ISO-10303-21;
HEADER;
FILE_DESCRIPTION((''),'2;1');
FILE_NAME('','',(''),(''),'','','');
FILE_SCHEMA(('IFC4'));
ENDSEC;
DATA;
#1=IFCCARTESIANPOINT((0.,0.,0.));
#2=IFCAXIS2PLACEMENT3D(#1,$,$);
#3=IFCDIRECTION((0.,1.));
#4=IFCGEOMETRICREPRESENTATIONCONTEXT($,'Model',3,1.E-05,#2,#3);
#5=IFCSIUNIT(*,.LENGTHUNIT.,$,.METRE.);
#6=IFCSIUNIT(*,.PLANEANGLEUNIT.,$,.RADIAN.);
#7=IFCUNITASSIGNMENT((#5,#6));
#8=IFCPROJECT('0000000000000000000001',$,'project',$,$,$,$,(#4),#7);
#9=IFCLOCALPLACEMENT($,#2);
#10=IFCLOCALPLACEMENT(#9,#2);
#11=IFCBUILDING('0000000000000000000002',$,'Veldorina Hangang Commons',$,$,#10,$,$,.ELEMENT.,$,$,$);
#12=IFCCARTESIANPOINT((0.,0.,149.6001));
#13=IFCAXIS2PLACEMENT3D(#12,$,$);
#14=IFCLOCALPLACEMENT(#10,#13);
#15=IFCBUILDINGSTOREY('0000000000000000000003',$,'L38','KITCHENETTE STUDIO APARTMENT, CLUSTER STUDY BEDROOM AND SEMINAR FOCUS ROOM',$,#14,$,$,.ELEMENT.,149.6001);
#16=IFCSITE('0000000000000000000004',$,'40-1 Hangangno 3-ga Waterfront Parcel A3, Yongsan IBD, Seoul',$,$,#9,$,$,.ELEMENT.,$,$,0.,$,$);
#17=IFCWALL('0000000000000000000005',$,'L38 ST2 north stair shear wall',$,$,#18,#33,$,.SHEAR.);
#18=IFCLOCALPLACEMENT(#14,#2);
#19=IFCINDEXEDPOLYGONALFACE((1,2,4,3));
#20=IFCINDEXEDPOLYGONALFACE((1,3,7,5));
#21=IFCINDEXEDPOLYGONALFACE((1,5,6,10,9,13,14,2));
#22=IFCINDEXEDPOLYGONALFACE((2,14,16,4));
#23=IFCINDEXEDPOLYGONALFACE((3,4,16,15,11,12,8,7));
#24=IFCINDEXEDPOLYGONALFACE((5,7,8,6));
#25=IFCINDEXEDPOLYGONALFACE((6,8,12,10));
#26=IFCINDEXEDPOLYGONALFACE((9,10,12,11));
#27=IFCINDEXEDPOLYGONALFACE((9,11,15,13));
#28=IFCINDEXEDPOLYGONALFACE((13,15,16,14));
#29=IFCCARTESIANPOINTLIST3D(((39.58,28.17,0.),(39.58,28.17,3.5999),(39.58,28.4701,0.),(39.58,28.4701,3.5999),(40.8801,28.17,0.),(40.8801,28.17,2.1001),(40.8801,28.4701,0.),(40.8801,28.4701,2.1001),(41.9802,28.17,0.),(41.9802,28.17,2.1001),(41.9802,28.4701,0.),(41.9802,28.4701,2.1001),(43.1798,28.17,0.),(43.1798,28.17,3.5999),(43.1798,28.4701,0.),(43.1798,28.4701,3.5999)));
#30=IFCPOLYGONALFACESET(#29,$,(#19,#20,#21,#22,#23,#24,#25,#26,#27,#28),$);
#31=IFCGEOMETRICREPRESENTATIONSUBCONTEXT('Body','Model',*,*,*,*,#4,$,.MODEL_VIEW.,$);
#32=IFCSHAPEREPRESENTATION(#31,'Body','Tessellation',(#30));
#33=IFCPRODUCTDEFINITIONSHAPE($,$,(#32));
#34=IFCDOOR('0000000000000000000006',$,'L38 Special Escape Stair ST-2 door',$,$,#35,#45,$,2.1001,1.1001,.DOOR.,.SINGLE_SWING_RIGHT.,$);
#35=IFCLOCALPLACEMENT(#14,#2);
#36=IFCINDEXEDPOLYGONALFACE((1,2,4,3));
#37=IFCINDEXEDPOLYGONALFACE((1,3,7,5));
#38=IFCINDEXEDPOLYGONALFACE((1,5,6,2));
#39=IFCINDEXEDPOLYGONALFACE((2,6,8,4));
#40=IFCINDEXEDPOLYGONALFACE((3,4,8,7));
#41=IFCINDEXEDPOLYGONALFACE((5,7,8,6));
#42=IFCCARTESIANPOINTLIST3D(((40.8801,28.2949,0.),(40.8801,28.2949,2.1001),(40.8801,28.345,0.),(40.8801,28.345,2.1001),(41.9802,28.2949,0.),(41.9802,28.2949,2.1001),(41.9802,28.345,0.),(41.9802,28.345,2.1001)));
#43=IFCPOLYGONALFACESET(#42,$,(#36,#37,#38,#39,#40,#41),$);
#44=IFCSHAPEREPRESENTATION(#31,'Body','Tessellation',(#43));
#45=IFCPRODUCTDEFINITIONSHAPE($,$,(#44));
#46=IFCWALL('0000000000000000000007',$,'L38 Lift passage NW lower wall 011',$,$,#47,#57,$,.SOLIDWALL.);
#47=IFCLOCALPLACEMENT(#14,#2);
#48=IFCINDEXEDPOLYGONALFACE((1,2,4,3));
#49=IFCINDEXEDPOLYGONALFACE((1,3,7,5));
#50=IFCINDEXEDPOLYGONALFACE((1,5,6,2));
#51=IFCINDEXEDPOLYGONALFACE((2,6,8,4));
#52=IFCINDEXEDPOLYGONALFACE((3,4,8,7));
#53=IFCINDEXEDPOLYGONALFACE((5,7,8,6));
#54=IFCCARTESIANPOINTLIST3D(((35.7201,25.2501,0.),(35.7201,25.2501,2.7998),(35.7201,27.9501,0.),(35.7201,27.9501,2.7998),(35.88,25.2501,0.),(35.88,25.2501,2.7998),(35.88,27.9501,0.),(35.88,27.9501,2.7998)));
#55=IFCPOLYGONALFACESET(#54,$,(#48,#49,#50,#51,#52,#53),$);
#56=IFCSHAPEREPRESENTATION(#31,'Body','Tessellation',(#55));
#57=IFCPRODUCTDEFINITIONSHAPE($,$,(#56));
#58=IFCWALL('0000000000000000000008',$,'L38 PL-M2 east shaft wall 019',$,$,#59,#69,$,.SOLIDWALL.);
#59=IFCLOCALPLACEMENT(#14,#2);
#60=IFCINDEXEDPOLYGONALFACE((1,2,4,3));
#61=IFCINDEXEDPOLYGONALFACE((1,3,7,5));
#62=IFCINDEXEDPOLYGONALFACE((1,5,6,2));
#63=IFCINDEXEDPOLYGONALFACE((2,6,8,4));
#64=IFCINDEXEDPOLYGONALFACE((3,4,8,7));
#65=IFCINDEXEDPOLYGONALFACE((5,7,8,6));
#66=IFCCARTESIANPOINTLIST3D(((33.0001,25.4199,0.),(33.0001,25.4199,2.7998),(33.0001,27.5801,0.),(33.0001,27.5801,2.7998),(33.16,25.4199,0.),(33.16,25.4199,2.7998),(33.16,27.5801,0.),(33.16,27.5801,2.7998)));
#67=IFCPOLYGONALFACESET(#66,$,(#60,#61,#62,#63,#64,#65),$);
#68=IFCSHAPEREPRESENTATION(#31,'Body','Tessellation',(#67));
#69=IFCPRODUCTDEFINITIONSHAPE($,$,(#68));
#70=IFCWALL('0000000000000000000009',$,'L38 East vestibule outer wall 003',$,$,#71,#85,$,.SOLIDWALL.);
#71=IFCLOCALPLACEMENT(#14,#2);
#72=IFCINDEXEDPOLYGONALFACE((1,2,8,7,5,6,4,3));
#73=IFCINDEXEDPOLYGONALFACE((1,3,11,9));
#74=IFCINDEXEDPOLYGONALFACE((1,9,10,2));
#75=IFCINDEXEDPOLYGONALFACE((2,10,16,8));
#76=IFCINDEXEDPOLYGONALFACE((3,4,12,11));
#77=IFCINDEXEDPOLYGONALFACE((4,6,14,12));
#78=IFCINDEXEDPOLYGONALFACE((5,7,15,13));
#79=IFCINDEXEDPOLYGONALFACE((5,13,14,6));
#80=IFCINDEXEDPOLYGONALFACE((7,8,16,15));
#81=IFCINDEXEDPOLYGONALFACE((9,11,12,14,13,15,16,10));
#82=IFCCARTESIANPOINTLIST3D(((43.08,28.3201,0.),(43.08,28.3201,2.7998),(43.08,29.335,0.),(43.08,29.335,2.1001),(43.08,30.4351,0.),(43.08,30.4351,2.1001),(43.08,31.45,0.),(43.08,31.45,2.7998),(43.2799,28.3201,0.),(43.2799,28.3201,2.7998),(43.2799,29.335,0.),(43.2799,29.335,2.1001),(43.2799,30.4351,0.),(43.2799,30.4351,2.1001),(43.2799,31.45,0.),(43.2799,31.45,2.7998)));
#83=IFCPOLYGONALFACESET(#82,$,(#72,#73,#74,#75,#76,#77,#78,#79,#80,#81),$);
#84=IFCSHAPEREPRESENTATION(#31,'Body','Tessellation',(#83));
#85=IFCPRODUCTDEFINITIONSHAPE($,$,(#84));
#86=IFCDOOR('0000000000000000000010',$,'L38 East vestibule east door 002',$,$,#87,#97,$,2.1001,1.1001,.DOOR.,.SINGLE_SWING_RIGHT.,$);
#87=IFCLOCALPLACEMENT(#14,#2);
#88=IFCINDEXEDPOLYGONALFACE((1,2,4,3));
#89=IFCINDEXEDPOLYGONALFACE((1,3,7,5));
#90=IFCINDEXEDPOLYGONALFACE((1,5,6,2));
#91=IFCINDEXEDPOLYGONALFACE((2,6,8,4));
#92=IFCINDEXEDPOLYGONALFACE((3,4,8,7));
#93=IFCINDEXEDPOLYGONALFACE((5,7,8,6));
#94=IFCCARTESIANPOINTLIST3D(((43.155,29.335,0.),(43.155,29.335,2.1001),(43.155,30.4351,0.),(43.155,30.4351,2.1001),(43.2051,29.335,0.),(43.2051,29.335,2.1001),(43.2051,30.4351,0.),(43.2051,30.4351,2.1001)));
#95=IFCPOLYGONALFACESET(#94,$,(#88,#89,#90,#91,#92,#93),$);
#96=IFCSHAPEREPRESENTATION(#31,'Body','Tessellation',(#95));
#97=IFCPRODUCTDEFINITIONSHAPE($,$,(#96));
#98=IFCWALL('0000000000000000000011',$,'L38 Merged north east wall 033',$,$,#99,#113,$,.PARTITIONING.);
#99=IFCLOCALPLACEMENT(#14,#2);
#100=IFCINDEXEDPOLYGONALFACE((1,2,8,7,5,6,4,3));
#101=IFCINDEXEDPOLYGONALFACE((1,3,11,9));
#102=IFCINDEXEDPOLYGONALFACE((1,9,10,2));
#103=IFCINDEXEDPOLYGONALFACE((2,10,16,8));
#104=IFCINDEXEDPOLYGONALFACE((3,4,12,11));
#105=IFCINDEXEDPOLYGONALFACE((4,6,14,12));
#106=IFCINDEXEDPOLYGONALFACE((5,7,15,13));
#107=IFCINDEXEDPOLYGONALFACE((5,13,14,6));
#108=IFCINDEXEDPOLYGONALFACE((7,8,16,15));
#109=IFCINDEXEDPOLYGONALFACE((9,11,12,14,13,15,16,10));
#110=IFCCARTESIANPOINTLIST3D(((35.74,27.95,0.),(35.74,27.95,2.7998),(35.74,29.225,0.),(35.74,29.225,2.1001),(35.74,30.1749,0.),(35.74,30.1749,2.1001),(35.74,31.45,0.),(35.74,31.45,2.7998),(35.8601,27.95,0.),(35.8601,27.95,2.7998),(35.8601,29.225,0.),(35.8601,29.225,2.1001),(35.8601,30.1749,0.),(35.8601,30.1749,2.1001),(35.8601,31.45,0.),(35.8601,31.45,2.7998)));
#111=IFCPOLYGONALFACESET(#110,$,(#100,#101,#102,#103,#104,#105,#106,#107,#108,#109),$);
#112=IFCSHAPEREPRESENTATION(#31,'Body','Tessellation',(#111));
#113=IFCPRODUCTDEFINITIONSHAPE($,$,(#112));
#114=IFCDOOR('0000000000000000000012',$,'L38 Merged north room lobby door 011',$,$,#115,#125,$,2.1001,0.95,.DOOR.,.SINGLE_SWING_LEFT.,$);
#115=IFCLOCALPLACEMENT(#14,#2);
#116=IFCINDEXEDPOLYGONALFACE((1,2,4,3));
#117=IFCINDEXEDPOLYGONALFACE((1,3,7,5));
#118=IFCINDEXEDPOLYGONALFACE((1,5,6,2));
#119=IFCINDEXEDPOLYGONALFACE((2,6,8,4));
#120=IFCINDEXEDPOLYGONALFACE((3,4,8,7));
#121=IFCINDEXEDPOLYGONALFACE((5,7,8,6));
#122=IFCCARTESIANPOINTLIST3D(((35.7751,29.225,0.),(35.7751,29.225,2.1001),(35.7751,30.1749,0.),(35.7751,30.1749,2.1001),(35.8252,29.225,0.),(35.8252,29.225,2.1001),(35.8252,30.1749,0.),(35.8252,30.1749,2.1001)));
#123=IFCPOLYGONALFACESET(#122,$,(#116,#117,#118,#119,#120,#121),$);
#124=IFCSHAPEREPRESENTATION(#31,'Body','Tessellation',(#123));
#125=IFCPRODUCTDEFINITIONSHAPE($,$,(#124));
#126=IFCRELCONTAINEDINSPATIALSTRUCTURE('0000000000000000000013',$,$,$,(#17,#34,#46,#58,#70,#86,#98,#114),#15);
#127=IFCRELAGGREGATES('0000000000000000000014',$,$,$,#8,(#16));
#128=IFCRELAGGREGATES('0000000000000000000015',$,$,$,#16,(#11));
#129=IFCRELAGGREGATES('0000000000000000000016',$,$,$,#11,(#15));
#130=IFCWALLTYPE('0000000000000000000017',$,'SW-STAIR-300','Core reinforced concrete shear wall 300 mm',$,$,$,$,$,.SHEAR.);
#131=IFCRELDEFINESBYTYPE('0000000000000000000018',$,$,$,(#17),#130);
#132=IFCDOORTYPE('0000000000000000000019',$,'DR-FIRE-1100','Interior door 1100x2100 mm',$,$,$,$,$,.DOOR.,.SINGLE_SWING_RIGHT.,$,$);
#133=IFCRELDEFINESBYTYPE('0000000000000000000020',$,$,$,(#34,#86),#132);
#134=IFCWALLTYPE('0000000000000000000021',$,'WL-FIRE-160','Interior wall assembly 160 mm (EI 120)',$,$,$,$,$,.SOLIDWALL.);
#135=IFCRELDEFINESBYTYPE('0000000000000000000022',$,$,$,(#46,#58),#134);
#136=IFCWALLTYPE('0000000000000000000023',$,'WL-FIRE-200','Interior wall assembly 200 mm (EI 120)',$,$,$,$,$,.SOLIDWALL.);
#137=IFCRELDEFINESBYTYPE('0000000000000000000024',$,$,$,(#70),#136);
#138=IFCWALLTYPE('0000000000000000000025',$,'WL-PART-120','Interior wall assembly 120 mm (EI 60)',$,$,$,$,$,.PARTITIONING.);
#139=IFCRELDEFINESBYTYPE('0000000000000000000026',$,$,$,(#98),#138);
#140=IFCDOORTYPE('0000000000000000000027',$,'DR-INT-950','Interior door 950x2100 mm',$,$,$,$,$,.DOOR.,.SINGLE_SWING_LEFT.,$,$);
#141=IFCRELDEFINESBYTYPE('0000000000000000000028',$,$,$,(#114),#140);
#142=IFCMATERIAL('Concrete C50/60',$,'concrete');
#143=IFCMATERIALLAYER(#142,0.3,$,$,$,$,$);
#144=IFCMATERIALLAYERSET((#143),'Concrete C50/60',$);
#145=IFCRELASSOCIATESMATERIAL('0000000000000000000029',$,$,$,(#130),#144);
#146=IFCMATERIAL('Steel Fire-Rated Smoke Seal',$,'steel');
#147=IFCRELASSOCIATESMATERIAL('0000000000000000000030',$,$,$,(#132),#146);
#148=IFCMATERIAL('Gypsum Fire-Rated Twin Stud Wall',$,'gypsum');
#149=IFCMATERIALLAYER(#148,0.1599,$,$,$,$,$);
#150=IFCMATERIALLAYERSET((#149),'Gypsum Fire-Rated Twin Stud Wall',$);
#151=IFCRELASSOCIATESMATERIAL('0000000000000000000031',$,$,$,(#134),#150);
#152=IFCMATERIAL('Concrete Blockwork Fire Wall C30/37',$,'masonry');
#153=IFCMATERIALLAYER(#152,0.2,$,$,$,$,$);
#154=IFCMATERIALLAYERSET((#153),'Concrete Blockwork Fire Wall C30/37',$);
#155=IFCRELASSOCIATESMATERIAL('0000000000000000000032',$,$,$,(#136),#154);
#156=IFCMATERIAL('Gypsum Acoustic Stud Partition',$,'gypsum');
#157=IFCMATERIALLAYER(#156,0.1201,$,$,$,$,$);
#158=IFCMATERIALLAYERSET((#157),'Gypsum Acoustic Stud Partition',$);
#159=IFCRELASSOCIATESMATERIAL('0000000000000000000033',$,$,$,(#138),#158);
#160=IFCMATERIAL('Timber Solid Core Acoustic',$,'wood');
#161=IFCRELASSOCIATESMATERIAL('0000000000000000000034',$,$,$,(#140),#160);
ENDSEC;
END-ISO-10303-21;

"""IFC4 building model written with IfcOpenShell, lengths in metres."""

from ifc_helpers import new_model, si_unit, direction, frame, frame_2d, origin, place, context, subcontext, project, spatial, rectangle, extrude, material, layer, layer_set, type_object, element, fill, save


model = new_model("IFC4")

# Units and contexts
model_context = context("Model", 3, precision=1e-05, world=origin(), true_north=direction((0.0, 1.0)))
body_context = subcontext(model_context, "Body", "Model", "MODEL_VIEW")
ifc_project = project(units=[si_unit("LENGTHUNIT", "METRE"), si_unit("PLANEANGLEUNIT", "RADIAN")], contexts=[model_context])

# Site, building, storey
site_placement = place(None, origin())
site = spatial("IfcSite", under=ifc_project, at=site_placement, Name="40-1 Hangangno 3-ga Waterfront Parcel A3, Yongsan IBD, Seoul", CompositionType="ELEMENT", RefElevation=0.0)
building_placement = place(site_placement, origin())
building = spatial("IfcBuilding", under=site, at=building_placement, Name="Veldorina Hangang Commons", CompositionType="ELEMENT")
storey_placement = place(building_placement, frame((0.0, 0.0, 149.6001)))
storey = spatial("IfcBuildingStorey", under=building, at=storey_placement, Name="L38", Description="KITCHENETTE STUDIO APARTMENT, CLUSTER STUDY BEDROOM AND SEMINAR FOCUS ROOM", CompositionType="ELEMENT", Elevation=149.6001)

# Wall, opening, door
ifc_material_1 = material(Name="Concrete C50/60", Category="concrete")
ifc_layer_1 = layer(ifc_material_1, 0.3)
ifc_layer_set_1 = layer_set([ifc_layer_1], Name="Concrete C50/60")
wall_type_1 = type_object("IfcWallType", Name="SW-STAIR-300", Description="Core reinforced concrete shear wall 300 mm", PredefinedType="SHEAR", material=ifc_layer_set_1)
wall_1_placement = place(storey_placement, frame((39.5801, 28.3201, 0.0), z_axis=(0.0, 0.0, 1.0), x_axis=(1.0, 0.0, 0.0)))
wall_1 = element("IfcWall", 1, at=wall_1_placement, inside=storey, type_object=wall_type_1, Name="L38 ST2 north stair shear wall", PredefinedType="SHEAR", context=body_context, shape_type="SweptSolid", body=[
    extrude(rectangle(XDim=3.5999, YDim=0.3, at=frame_2d((1.7998, 0.0))), origin(), (0.0, 0.0, 1.0), 3.5999),
])
opening_1_placement = place(wall_1_placement, frame((1.3, 0.0, 0.0)))
opening_1 = element("IfcOpeningElement", 2, at=opening_1_placement, cuts=wall_1, PredefinedType="OPENING", context=body_context, shape_type="SweptSolid", body=[
    extrude(rectangle(XDim=1.1001, YDim=2.1001, at=frame_2d((0.55, 1.05))), frame((0.0, 0.1602, 0.0), z_axis=(0.0, -1.0, 0.0), x_axis=(1.0, 0.0, 0.0)), (0.0, 0.0, 1.0), 0.3201),
])
ifc_material_2 = material(Name="Steel Fire-Rated Smoke Seal", Category="steel")
door_type_1 = type_object("IfcDoorType", Name="DR-FIRE-1100", Description="Interior door 1100x2100 mm", OperationType="SINGLE_SWING_RIGHT", PredefinedType="DOOR", material=ifc_material_2)
door_1_placement = place(opening_1_placement, origin())
door_1 = element("IfcDoor", 3, at=door_1_placement, inside=storey, type_object=door_type_1, Name="L38 Special Escape Stair ST-2 door", OperationType="SINGLE_SWING_RIGHT", OverallHeight=2.1001, OverallWidth=1.1001, PredefinedType="DOOR", context=body_context, shape_type="SweptSolid", body=[
    extrude(rectangle(XDim=1.1001, YDim=2.1001, at=frame_2d((0.55, 1.05))), frame((0.0, 0.0249, 0.0), z_axis=(0.0, -1.0, 0.0), x_axis=(1.0, 0.0, 0.0)), (0.0, 0.0, 1.0), 0.05),
])
fill(opening_1, door_1)

# Walls
ifc_material_3 = material(Name="Gypsum Fire-Rated Twin Stud Wall", Category="gypsum")
ifc_layer_2 = layer(ifc_material_3, 0.1599)
ifc_layer_set_2 = layer_set([ifc_layer_2], Name="Gypsum Fire-Rated Twin Stud Wall")
wall_type_2 = type_object("IfcWallType", Name="WL-FIRE-160", Description="Interior wall assembly 160 mm (EI 120)", PredefinedType="SOLIDWALL", material=ifc_layer_set_2)
wall_2_placement = place(storey_placement, frame((35.8, 25.25, 0.0), z_axis=(0.0, 0.0, 1.0), x_axis=(0.0, 1.0, 0.0)))
element("IfcWall", 4, at=wall_2_placement, inside=storey, type_object=wall_type_2, Name="L38 Lift passage NW lower wall 011", PredefinedType="SOLIDWALL", context=body_context, shape_type="SweptSolid", body=[
    extrude(rectangle(XDim=2.7, YDim=0.1599, at=frame_2d((1.3501, 0.0))), origin(), (0.0, 0.0, 1.0), 2.7998),
])
wall_3_placement = place(storey_placement, frame((33.0801, 25.4199, 0.0), z_axis=(0.0, 0.0, 1.0), x_axis=(0.0, 1.0, 0.0)))
element("IfcWall", 5, at=wall_3_placement, inside=storey, type_object=wall_type_2, Name="L38 PL-M2 east shaft wall 019", PredefinedType="SOLIDWALL", context=body_context, shape_type="SweptSolid", body=[
    extrude(rectangle(XDim=2.1602, YDim=0.1599, at=frame_2d((1.0801, 0.0))), origin(), (0.0, 0.0, 1.0), 2.7998),
])

# Walls, openings, doors
ifc_material_4 = material(Name="Concrete Blockwork Fire Wall C30/37", Category="masonry")
ifc_layer_3 = layer(ifc_material_4, 0.2)
ifc_layer_set_3 = layer_set([ifc_layer_3], Name="Concrete Blockwork Fire Wall C30/37")
wall_type_3 = type_object("IfcWallType", Name="WL-FIRE-200", Description="Interior wall assembly 200 mm (EI 120)", PredefinedType="SOLIDWALL", material=ifc_layer_set_3)
wall_4_placement = place(storey_placement, frame((43.1799, 28.3201, 0.0), z_axis=(0.0, 0.0, 1.0), x_axis=(0.0, 1.0, 0.0)))
wall_4 = element("IfcWall", 6, at=wall_4_placement, inside=storey, type_object=wall_type_3, Name="L38 East vestibule outer wall 003", PredefinedType="SOLIDWALL", context=body_context, shape_type="SweptSolid", body=[
    extrude(rectangle(XDim=3.1299, YDim=0.2, at=frame_2d((1.5649, 0.0))), origin(), (0.0, 0.0, 1.0), 2.7998),
])
opening_2_placement = place(wall_4_placement, frame((1.0149, 0.0, 0.0)))
opening_2 = element("IfcOpeningElement", 7, at=opening_2_placement, cuts=wall_4, PredefinedType="OPENING", context=body_context, shape_type="SweptSolid", body=[
    extrude(rectangle(XDim=1.1001, YDim=2.1001, at=frame_2d((0.55, 1.05))), frame((0.0, 0.1099, 0.0), z_axis=(0.0, -1.0, 0.0), x_axis=(1.0, 0.0, 0.0)), (0.0, 0.0, 1.0), 0.22),
])
door_2_placement = place(opening_2_placement, origin())
door_2 = element("IfcDoor", 8, at=door_2_placement, inside=storey, type_object=door_type_1, Name="L38 East vestibule east door 002", OperationType="SINGLE_SWING_RIGHT", OverallHeight=2.1001, OverallWidth=1.1001, PredefinedType="DOOR", context=body_context, shape_type="SweptSolid", body=[
    extrude(rectangle(XDim=1.1001, YDim=2.1001, at=frame_2d((0.55, 1.05))), frame((0.0, 0.0249, 0.0), z_axis=(0.0, -1.0, 0.0), x_axis=(1.0, 0.0, 0.0)), (0.0, 0.0, 1.0), 0.05),
])
fill(opening_2, door_2)
ifc_material_5 = material(Name="Gypsum Acoustic Stud Partition", Category="gypsum")
ifc_layer_4 = layer(ifc_material_5, 0.1201)
ifc_layer_set_4 = layer_set([ifc_layer_4], Name="Gypsum Acoustic Stud Partition")
wall_type_4 = type_object("IfcWallType", Name="WL-PART-120", Description="Interior wall assembly 120 mm (EI 60)", PredefinedType="PARTITIONING", material=ifc_layer_set_4)
wall_5_placement = place(storey_placement, frame((35.8, 27.95, 0.0), z_axis=(0.0, 0.0, 1.0), x_axis=(0.0, 1.0, 0.0)))
wall_5 = element("IfcWall", 9, at=wall_5_placement, inside=storey, type_object=wall_type_4, Name="L38 Merged north east wall 033", PredefinedType="PARTITIONING", context=body_context, shape_type="SweptSolid", body=[
    extrude(rectangle(XDim=3.5, YDim=0.1201, at=frame_2d((1.75, 0.0))), origin(), (0.0, 0.0, 1.0), 2.7998),
])
opening_3_placement = place(wall_5_placement, frame((1.2749, 0.0, 0.0)))
opening_3 = element("IfcOpeningElement", 10, at=opening_3_placement, cuts=wall_5, PredefinedType="OPENING", context=body_context, shape_type="SweptSolid", body=[
    extrude(rectangle(XDim=0.95, YDim=2.1001, at=frame_2d((0.4751, 1.05))), frame((0.0, 0.0701, 0.0), z_axis=(0.0, -1.0, 0.0), x_axis=(1.0, 0.0, 0.0)), (0.0, 0.0, 1.0), 0.1401),
])
ifc_material_6 = material(Name="Timber Solid Core Acoustic", Category="wood")
door_type_2 = type_object("IfcDoorType", Name="DR-INT-950", Description="Interior door 950x2100 mm", OperationType="SINGLE_SWING_LEFT", PredefinedType="DOOR", material=ifc_material_6)
door_3_placement = place(opening_3_placement, origin())
door_3 = element("IfcDoor", 11, at=door_3_placement, inside=storey, type_object=door_type_2, Name="L38 Merged north room lobby door 011", OperationType="SINGLE_SWING_LEFT", OverallHeight=2.1001, OverallWidth=0.95, PredefinedType="DOOR", context=body_context, shape_type="SweptSolid", body=[
    extrude(rectangle(XDim=0.95, YDim=2.1001, at=frame_2d((0.4751, 1.05))), frame((0.0, 0.0249, 0.0), z_axis=(0.0, -1.0, 0.0), x_axis=(1.0, 0.0, 0.0)), (0.0, 0.0, 1.0), 0.05),
])
fill(opening_3, door_3)

save(model, "model.ifc")
